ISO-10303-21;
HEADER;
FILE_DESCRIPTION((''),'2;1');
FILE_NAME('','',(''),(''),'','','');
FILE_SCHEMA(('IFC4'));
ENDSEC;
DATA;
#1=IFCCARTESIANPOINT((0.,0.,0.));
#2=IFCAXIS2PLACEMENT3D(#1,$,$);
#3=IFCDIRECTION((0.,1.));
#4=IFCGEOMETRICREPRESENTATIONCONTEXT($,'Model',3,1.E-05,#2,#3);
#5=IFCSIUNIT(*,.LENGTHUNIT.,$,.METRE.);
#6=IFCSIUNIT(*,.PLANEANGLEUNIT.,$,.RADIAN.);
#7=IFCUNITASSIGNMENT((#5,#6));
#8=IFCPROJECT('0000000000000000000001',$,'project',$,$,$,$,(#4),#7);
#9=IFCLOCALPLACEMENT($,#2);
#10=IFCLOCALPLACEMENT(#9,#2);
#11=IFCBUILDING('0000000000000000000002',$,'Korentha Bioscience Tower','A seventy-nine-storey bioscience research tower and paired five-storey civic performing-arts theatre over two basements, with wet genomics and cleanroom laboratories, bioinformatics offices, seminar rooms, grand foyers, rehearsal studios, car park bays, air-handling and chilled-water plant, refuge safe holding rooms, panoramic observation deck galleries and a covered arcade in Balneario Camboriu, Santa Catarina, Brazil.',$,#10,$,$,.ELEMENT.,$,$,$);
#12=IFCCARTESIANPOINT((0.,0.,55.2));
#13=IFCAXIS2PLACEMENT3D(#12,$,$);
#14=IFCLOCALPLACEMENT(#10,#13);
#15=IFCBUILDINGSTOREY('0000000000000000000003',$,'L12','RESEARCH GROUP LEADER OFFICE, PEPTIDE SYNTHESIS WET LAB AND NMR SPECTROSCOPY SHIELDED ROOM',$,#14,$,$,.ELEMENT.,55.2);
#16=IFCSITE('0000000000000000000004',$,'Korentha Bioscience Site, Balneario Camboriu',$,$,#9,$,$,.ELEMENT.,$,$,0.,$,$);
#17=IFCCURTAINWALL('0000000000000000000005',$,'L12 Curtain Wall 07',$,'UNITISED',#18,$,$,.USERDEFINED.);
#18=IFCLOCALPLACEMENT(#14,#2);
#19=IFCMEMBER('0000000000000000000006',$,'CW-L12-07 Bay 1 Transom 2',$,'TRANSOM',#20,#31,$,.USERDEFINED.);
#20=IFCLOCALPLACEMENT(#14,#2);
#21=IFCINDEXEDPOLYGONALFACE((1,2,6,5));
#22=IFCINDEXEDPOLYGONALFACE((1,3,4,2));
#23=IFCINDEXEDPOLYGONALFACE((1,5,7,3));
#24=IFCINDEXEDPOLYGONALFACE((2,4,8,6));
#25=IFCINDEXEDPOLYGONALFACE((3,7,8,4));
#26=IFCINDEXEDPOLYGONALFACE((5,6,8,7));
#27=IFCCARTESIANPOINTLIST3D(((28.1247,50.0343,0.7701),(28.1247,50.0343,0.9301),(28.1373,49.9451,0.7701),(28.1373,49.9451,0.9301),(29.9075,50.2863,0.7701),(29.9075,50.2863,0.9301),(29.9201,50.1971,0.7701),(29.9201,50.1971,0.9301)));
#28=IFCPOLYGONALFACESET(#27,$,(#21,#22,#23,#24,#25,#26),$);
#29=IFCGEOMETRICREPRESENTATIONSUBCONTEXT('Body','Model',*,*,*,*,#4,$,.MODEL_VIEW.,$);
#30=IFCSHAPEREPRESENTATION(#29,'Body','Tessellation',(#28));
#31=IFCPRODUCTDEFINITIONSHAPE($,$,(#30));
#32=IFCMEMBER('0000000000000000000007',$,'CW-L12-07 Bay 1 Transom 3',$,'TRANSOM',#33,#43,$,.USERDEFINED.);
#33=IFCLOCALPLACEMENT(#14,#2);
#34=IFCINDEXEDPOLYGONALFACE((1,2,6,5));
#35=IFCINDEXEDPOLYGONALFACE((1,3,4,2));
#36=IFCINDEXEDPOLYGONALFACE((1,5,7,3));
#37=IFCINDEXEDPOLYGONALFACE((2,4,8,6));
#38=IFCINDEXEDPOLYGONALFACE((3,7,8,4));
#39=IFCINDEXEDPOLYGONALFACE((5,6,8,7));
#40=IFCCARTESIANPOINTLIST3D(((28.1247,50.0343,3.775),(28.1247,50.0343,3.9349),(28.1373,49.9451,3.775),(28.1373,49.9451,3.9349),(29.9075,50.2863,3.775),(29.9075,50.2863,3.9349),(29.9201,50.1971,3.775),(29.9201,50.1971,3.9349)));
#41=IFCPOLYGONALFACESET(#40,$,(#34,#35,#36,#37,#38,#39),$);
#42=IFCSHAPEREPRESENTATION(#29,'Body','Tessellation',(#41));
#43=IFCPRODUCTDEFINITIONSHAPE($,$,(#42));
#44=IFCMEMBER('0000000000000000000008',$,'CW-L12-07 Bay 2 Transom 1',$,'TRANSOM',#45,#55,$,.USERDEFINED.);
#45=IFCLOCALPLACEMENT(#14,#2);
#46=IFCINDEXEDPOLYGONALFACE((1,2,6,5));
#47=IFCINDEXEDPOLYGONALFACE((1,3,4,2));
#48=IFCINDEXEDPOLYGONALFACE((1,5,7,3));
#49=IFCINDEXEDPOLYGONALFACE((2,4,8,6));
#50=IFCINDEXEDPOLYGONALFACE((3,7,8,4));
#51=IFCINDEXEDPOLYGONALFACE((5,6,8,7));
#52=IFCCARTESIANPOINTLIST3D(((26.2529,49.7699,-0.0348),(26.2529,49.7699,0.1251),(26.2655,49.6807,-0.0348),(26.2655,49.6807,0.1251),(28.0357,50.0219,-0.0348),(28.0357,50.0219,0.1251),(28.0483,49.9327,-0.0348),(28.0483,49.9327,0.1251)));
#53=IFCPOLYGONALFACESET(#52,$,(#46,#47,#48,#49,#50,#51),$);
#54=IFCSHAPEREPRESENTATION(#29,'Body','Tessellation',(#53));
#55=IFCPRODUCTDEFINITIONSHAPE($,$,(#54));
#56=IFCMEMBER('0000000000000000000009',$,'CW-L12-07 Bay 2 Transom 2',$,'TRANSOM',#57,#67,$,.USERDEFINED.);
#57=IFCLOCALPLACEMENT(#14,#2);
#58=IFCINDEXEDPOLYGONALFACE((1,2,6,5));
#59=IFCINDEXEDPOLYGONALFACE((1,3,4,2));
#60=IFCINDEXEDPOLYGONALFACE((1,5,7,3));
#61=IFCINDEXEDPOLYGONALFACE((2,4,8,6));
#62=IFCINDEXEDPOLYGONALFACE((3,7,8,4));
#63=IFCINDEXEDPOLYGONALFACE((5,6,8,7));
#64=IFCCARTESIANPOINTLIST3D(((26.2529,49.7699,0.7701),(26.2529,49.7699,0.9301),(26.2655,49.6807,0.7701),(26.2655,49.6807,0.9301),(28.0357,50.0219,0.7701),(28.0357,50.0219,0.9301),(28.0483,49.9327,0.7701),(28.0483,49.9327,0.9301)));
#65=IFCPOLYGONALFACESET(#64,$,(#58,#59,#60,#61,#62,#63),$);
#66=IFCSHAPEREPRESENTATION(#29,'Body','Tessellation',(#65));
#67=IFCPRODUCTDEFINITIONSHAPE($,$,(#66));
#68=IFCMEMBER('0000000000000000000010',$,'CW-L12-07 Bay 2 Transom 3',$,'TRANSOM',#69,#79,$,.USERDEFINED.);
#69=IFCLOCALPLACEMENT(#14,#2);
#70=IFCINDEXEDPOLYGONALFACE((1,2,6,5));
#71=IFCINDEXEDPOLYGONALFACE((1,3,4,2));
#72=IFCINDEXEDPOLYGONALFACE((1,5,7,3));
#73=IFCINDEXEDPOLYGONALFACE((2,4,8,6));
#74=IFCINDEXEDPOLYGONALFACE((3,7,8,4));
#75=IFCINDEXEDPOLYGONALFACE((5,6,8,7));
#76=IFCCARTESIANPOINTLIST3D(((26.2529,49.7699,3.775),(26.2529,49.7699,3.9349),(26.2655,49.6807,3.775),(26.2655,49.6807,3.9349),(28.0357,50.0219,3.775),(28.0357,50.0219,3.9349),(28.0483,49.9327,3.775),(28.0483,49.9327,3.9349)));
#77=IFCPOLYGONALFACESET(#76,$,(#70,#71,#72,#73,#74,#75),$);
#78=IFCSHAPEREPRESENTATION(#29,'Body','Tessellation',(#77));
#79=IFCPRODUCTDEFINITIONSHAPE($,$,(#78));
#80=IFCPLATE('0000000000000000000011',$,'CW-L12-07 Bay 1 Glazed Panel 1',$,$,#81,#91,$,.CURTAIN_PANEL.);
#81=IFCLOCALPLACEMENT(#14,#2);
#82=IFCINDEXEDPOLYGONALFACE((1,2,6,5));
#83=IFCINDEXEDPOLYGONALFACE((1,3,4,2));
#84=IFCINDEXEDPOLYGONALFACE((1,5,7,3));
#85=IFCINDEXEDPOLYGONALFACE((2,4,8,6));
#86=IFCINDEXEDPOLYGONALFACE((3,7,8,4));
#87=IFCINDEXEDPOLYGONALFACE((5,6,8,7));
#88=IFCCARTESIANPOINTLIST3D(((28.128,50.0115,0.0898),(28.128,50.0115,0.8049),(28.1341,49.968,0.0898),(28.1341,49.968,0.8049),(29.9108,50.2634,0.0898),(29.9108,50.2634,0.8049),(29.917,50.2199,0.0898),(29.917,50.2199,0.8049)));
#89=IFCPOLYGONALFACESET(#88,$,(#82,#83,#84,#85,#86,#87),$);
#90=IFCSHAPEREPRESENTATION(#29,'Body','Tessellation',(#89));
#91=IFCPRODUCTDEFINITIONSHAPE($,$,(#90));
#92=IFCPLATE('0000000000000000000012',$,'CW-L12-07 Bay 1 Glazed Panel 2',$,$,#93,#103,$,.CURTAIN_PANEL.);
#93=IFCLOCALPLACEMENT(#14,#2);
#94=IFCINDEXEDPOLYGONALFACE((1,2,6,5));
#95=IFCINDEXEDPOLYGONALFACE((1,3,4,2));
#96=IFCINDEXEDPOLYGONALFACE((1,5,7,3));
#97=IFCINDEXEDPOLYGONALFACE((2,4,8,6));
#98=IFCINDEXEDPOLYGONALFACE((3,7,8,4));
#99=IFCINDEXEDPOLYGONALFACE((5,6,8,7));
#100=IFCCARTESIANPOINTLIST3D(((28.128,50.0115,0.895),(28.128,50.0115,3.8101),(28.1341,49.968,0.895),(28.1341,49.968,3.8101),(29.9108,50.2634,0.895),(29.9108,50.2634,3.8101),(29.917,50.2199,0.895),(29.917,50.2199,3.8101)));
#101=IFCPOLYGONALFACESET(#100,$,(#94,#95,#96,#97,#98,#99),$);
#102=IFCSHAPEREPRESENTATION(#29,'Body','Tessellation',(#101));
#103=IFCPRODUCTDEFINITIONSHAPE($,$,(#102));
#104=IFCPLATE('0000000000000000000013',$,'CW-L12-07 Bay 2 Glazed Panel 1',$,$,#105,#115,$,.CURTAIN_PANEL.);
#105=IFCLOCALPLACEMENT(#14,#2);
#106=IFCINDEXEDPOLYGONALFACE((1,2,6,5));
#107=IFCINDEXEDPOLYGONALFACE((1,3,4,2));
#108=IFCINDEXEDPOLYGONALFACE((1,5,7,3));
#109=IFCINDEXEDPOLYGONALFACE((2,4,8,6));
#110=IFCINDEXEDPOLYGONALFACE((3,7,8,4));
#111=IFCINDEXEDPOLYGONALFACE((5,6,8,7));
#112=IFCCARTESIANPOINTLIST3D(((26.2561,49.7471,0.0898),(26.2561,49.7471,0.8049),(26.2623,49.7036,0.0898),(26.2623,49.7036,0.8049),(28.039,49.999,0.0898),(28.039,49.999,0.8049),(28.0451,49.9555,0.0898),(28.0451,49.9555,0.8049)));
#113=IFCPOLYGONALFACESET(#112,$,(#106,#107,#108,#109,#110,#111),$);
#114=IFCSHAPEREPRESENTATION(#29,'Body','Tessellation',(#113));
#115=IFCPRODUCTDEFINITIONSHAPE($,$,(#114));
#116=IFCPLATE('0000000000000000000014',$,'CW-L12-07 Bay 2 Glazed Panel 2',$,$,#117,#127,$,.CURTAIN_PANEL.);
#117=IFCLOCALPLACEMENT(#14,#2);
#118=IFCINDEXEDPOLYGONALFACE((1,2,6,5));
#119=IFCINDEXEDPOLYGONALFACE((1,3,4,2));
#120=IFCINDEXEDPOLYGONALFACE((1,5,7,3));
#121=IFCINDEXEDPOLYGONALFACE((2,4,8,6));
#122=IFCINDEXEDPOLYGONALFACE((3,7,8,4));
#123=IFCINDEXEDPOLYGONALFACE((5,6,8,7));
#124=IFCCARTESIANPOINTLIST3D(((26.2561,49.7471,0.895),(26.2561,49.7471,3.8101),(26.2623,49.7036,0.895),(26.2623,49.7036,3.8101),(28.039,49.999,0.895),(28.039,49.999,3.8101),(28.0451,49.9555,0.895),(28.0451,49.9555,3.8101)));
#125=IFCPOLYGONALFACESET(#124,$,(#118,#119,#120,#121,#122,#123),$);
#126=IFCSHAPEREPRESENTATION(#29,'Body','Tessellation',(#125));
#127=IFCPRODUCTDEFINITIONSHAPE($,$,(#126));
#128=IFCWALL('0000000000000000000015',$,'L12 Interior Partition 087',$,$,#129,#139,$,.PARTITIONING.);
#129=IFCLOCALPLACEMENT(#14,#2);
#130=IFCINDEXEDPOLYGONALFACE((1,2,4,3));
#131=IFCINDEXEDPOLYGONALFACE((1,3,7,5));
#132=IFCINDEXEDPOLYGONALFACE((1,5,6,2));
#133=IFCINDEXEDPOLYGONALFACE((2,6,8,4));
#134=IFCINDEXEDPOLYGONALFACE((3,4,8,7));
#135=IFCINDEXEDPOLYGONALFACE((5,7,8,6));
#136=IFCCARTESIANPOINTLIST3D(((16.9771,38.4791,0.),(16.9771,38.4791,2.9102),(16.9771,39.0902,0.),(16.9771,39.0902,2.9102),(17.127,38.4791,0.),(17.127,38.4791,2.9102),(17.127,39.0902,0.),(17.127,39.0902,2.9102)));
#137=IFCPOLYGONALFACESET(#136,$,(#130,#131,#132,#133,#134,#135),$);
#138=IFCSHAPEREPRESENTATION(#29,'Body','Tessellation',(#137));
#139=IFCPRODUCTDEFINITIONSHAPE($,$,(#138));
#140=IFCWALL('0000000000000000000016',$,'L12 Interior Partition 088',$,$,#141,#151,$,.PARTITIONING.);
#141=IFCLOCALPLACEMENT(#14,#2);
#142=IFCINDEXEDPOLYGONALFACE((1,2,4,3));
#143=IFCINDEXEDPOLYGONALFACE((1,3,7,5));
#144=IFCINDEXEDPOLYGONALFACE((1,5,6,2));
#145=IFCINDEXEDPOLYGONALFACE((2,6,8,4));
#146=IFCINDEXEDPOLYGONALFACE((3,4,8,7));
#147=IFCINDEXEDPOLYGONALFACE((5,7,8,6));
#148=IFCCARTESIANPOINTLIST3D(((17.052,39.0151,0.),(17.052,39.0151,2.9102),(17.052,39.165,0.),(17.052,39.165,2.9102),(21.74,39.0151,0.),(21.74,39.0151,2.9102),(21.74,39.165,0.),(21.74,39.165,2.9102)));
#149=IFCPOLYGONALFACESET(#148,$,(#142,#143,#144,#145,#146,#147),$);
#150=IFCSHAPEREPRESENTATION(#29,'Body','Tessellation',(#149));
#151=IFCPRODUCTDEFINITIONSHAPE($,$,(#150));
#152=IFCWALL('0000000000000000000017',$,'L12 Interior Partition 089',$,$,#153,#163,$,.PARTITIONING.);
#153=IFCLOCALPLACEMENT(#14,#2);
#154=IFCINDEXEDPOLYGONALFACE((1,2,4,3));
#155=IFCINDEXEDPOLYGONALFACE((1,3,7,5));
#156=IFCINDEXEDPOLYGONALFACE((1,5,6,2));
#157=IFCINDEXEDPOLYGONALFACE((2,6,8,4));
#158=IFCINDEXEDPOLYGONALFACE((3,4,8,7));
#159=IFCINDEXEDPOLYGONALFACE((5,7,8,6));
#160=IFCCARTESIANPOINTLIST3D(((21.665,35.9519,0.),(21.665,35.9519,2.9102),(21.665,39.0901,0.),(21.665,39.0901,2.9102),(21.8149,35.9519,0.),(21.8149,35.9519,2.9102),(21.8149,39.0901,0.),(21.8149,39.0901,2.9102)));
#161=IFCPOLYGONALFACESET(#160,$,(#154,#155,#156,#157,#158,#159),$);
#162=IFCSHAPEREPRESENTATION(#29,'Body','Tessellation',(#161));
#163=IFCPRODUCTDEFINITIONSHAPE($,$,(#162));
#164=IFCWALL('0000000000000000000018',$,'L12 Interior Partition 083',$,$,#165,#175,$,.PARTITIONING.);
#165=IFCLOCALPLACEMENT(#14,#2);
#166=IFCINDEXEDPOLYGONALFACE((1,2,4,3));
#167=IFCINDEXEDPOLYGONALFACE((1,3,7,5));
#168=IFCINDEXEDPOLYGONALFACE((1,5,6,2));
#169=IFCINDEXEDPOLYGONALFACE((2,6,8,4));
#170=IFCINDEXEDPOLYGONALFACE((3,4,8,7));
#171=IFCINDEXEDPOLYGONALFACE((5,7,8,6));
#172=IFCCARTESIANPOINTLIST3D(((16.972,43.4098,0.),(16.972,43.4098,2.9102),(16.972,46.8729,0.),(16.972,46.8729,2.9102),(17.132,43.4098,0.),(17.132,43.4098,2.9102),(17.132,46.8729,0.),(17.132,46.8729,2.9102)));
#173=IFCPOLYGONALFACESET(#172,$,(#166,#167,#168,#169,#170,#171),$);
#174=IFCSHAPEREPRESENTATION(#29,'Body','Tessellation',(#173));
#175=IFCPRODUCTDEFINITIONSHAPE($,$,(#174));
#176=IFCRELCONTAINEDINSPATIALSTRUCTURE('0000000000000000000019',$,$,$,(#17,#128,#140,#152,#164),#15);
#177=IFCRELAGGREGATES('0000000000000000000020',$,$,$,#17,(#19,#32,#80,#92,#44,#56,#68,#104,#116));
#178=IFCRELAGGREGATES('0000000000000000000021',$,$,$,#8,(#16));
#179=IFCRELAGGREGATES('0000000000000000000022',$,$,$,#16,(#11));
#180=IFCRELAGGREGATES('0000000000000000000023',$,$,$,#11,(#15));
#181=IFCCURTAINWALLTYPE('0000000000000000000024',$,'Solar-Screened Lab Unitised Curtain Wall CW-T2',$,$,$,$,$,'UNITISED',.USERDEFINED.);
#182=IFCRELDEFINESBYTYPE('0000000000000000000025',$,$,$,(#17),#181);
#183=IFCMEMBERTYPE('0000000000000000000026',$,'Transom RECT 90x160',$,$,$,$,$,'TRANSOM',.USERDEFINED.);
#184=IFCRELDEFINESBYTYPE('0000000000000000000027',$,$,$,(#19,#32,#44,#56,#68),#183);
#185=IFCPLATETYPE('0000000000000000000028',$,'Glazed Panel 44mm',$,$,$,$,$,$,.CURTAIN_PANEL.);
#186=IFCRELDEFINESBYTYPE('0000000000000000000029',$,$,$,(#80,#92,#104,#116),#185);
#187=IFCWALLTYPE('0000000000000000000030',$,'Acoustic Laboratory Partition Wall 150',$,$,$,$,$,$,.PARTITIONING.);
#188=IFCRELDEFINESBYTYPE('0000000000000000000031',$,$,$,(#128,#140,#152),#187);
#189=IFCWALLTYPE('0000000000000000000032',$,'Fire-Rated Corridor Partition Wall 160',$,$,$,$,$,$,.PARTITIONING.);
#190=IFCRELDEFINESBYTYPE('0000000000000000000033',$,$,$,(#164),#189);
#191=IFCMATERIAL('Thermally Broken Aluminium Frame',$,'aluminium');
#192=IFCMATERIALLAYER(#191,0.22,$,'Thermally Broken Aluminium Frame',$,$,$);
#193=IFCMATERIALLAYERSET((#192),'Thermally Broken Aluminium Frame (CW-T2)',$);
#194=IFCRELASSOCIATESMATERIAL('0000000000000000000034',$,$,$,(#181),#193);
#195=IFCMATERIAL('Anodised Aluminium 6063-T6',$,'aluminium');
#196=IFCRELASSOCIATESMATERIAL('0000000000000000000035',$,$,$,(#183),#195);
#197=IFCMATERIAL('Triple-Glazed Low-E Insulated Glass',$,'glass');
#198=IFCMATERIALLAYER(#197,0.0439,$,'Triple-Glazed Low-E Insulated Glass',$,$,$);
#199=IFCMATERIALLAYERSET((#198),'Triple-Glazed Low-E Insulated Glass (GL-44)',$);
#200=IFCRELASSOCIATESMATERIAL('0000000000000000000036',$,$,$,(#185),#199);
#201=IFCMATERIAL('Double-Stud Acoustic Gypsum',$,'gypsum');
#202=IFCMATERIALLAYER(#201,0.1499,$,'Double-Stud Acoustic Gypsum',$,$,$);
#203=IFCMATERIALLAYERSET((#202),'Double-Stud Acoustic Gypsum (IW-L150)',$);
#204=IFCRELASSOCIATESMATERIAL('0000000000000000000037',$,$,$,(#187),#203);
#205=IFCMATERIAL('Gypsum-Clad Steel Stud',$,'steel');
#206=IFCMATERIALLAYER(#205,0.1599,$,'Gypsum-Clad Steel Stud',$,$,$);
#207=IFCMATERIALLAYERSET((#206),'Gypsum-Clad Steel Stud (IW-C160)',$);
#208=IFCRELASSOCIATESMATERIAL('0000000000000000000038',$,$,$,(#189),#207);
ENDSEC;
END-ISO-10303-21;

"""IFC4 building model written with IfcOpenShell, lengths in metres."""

from ifc_helpers import new_model, si_unit, direction, frame, frame_2d, origin, origin_2d, place, context, subcontext, project, spatial, rectangle, extrude, material, layer, layer_set, material_profile, profile_set, type_object, element, aggregate, save


model = new_model("IFC4")

# Units and contexts
model_context = context("Model", 3, precision=1e-05, world=origin(), true_north=direction((0.0, 1.0)))
body_context = subcontext(model_context, "Body", "Model", "MODEL_VIEW")
ifc_project = project(units=[si_unit("LENGTHUNIT", "METRE"), si_unit("PLANEANGLEUNIT", "RADIAN")], contexts=[model_context])

# Site, building, storey
site_placement = place(None, origin())
site = spatial("IfcSite", under=ifc_project, at=site_placement, Name="Korentha Bioscience Site, Balneario Camboriu", CompositionType="ELEMENT", RefElevation=0.0)
building_placement = place(site_placement, origin())
building = spatial("IfcBuilding", under=site, at=building_placement, Name="Korentha Bioscience Tower", Description="A seventy-nine-storey bioscience research tower and paired five-storey civic performing-arts theatre over two basements, with wet genomics and cleanroom laboratories, bioinformatics offices, seminar rooms, grand foyers, rehearsal studios, car park bays, air-handling and chilled-water plant, refuge safe holding rooms, panoramic observation deck galleries and a covered arcade in Balneario Camboriu, Santa Catarina, Brazil.", CompositionType="ELEMENT")
storey_placement = place(building_placement, frame((0.0, 0.0, 55.2)))
storey = spatial("IfcBuildingStorey", under=building, at=storey_placement, Name="L12", Description="RESEARCH GROUP LEADER OFFICE, PEPTIDE SYNTHESIS WET LAB AND NMR SPECTROSCOPY SHIELDED ROOM", CompositionType="ELEMENT", Elevation=55.2)

# Curtain wall
ifc_material_1 = material(Name="Thermally Broken Aluminium Frame", Category="aluminium")
ifc_layer_1 = layer(ifc_material_1, 0.22, Name="Thermally Broken Aluminium Frame")
ifc_layer_set_1 = layer_set([ifc_layer_1], Name="Thermally Broken Aluminium Frame (CW-T2)")
curtain_wall_type = type_object("IfcCurtainWallType", Name="Solar-Screened Lab Unitised Curtain Wall CW-T2", ElementType="UNITISED", PredefinedType="USERDEFINED", material=ifc_layer_set_1)
curtain_wall_placement = place(storey_placement, origin())
curtain_wall = element("IfcCurtainWall", 1, at=curtain_wall_placement, inside=storey, type_object=curtain_wall_type, Name="L12 Curtain Wall 07", ObjectType="UNITISED", PredefinedType="USERDEFINED")
ifc_material_2 = material(Name="Anodised Aluminium 6063-T6", Category="aluminium")

# Members
ifc_material_profile_1 = material_profile(ifc_material_2, rectangle(XDim=0.0901, YDim=0.1599, at=origin_2d()), Name="Anodised Aluminium 6063-T6")
ifc_profile_set_1 = profile_set([ifc_material_profile_1], Name="Anodised Aluminium 6063-T6 (CW-TRN)")
member_type_1 = type_object("IfcMemberType", Name="Transom RECT 90x160", ElementType="TRANSOM", PredefinedType="USERDEFINED", material=ifc_profile_set_1)
member_1_placement = place(storey_placement, frame((29.9138, 50.2417, 0.8501), z_axis=(-0.99016, -0.13994, 0.0), x_axis=(0.13994, -0.99016, 0.0)))
member_1 = element("IfcMember", 2, at=member_1_placement, type_object=member_type_1, Name="CW-L12-07 Bay 1 Transom 2", ObjectType="TRANSOM", PredefinedType="USERDEFINED", context=body_context, shape_type="SweptSolid", body=[
    extrude(rectangle(XDim=0.0901, YDim=0.1599, at=origin_2d()), origin(), (0.0, 0.0, 1.0), 1.8005),
])
member_2_placement = place(storey_placement, frame((29.9138, 50.2417, 3.855), z_axis=(-0.99016, -0.13994, 0.0), x_axis=(0.13994, -0.99016, 0.0)))
member_2 = element("IfcMember", 3, at=member_2_placement, type_object=member_type_1, Name="CW-L12-07 Bay 1 Transom 3", ObjectType="TRANSOM", PredefinedType="USERDEFINED", context=body_context, shape_type="SweptSolid", body=[
    extrude(rectangle(XDim=0.0901, YDim=0.1599, at=origin_2d()), origin(), (0.0, 0.0, 1.0), 1.8005),
])
member_3_placement = place(storey_placement, frame((28.042, 49.9773, 0.0452), z_axis=(-0.99016, -0.13994, 0.0), x_axis=(0.13994, -0.99016, 0.0)))
member_3 = element("IfcMember", 4, at=member_3_placement, type_object=member_type_1, Name="CW-L12-07 Bay 2 Transom 1", ObjectType="TRANSOM", PredefinedType="USERDEFINED", context=body_context, shape_type="SweptSolid", body=[
    extrude(rectangle(XDim=0.0901, YDim=0.1599, at=origin_2d()), origin(), (0.0, 0.0, 1.0), 1.8005),
])
member_4_placement = place(storey_placement, frame((28.042, 49.9773, 0.8501), z_axis=(-0.99016, -0.13994, 0.0), x_axis=(0.13994, -0.99016, 0.0)))
member_4 = element("IfcMember", 5, at=member_4_placement, type_object=member_type_1, Name="CW-L12-07 Bay 2 Transom 2", ObjectType="TRANSOM", PredefinedType="USERDEFINED", context=body_context, shape_type="SweptSolid", body=[
    extrude(rectangle(XDim=0.0901, YDim=0.1599, at=origin_2d()), origin(), (0.0, 0.0, 1.0), 1.8005),
])
member_5_placement = place(storey_placement, frame((28.042, 49.9773, 3.855), z_axis=(-0.99016, -0.13994, 0.0), x_axis=(0.13994, -0.99016, 0.0)))
member_5 = element("IfcMember", 6, at=member_5_placement, type_object=member_type_1, Name="CW-L12-07 Bay 2 Transom 3", ObjectType="TRANSOM", PredefinedType="USERDEFINED", context=body_context, shape_type="SweptSolid", body=[
    extrude(rectangle(XDim=0.0901, YDim=0.1599, at=origin_2d()), origin(), (0.0, 0.0, 1.0), 1.8005),
])

# Plates
ifc_material_3 = material(Name="Triple-Glazed Low-E Insulated Glass", Category="glass")
ifc_layer_2 = layer(ifc_material_3, 0.0439, Name="Triple-Glazed Low-E Insulated Glass")
ifc_layer_set_2 = layer_set([ifc_layer_2], Name="Triple-Glazed Low-E Insulated Glass (GL-44)")
plate_type = type_object("IfcPlateType", Name="Glazed Panel 44mm", PredefinedType="CURTAIN_PANEL", material=ifc_layer_set_2)
plate_1_placement = place(storey_placement, frame((29.0225, 50.1157, 0.0898), z_axis=(0.0, 0.0, 1.0), x_axis=(-0.990167, -0.139888, 0.0)))
plate_1 = element("IfcPlate", 7, at=plate_1_placement, type_object=plate_type, Name="CW-L12-07 Bay 1 Glazed Panel 1", PredefinedType="CURTAIN_PANEL", context=body_context, shape_type="SweptSolid", body=[
    extrude(rectangle(XDim=1.8005, YDim=0.0439, at=origin_2d()), origin(), (0.0, 0.0, 1.0), 0.7151),
])
plate_2_placement = place(storey_placement, frame((29.0225, 50.1157, 0.895), z_axis=(0.0, 0.0, 1.0), x_axis=(-0.990167, -0.139888, 0.0)))
plate_2 = element("IfcPlate", 8, at=plate_2_placement, type_object=plate_type, Name="CW-L12-07 Bay 1 Glazed Panel 2", PredefinedType="CURTAIN_PANEL", context=body_context, shape_type="SweptSolid", body=[
    extrude(rectangle(XDim=1.8005, YDim=0.0439, at=origin_2d()), origin(), (0.0, 0.0, 1.0), 2.915),
])
plate_3_placement = place(storey_placement, frame((27.1506, 49.8513, 0.0898), z_axis=(0.0, 0.0, 1.0), x_axis=(-0.990167, -0.139888, 0.0)))
plate_3 = element("IfcPlate", 9, at=plate_3_placement, type_object=plate_type, Name="CW-L12-07 Bay 2 Glazed Panel 1", PredefinedType="CURTAIN_PANEL", context=body_context, shape_type="SweptSolid", body=[
    extrude(rectangle(XDim=1.8005, YDim=0.0439, at=origin_2d()), origin(), (0.0, 0.0, 1.0), 0.7151),
])
plate_4_placement = place(storey_placement, frame((27.1506, 49.8513, 0.895), z_axis=(0.0, 0.0, 1.0), x_axis=(-0.990167, -0.139888, 0.0)))
plate_4 = element("IfcPlate", 10, at=plate_4_placement, type_object=plate_type, Name="CW-L12-07 Bay 2 Glazed Panel 2", PredefinedType="CURTAIN_PANEL", context=body_context, shape_type="SweptSolid", body=[
    extrude(rectangle(XDim=1.8005, YDim=0.0439, at=origin_2d()), origin(), (0.0, 0.0, 1.0), 2.915),
])
aggregate(curtain_wall, [member_1, member_2, plate_1, plate_2, member_3, member_4, member_5, plate_3, plate_4])

# Walls
ifc_material_4 = material(Name="Double-Stud Acoustic Gypsum", Category="gypsum")
ifc_layer_3 = layer(ifc_material_4, 0.1499, Name="Double-Stud Acoustic Gypsum")
ifc_layer_set_3 = layer_set([ifc_layer_3], Name="Double-Stud Acoustic Gypsum (IW-L150)")
wall_type_1 = type_object("IfcWallType", Name="Acoustic Laboratory Partition Wall 150", PredefinedType="PARTITIONING", material=ifc_layer_set_3)
wall_1_placement = place(storey_placement, frame((17.052, 38.479, 0.0), z_axis=(0.0, 0.0, 1.0), x_axis=(0.0, 1.0, 0.0)))
element("IfcWall", 11, at=wall_1_placement, inside=storey, type_object=wall_type_1, Name="L12 Interior Partition 087", PredefinedType="PARTITIONING", context=body_context, shape_type="SweptSolid", body=[
    extrude(rectangle(XDim=0.6111, YDim=0.1499, at=frame_2d((0.3057, 0.0))), origin(), (0.0, 0.0, 1.0), 2.9102),
])
wall_2_placement = place(storey_placement, frame((17.052, 39.0901, 0.0), z_axis=(0.0, 0.0, 1.0), x_axis=(1.0, 0.0, 0.0)))
element("IfcWall", 12, at=wall_2_placement, inside=storey, type_object=wall_type_1, Name="L12 Interior Partition 088", PredefinedType="PARTITIONING", context=body_context, shape_type="SweptSolid", body=[
    extrude(rectangle(XDim=4.688, YDim=0.1499, at=frame_2d((2.344, 0.0))), origin(), (0.0, 0.0, 1.0), 2.9102),
])
wall_3_placement = place(storey_placement, frame((21.74, 39.0901, 0.0), z_axis=(0.0, 0.0, 1.0), x_axis=(0.0, -1.0, 0.0)))
element("IfcWall", 13, at=wall_3_placement, inside=storey, type_object=wall_type_1, Name="L12 Interior Partition 089", PredefinedType="PARTITIONING", context=body_context, shape_type="SweptSolid", body=[
    extrude(rectangle(XDim=3.1382, YDim=0.1499, at=frame_2d((1.5691, 0.0))), origin(), (0.0, 0.0, 1.0), 2.9102),
])
ifc_material_5 = material(Name="Gypsum-Clad Steel Stud", Category="steel")
ifc_layer_4 = layer(ifc_material_5, 0.1599, Name="Gypsum-Clad Steel Stud")
ifc_layer_set_4 = layer_set([ifc_layer_4], Name="Gypsum-Clad Steel Stud (IW-C160)")
wall_type_2 = type_object("IfcWallType", Name="Fire-Rated Corridor Partition Wall 160", PredefinedType="PARTITIONING", material=ifc_layer_set_4)
wall_4_placement = place(storey_placement, frame((17.052, 43.4099, 0.0), z_axis=(0.0, 0.0, 1.0), x_axis=(0.0, 1.0, 0.0)))
element("IfcWall", 14, at=wall_4_placement, inside=storey, type_object=wall_type_2, Name="L12 Interior Partition 083", PredefinedType="PARTITIONING", context=body_context, shape_type="SweptSolid", body=[
    extrude(rectangle(XDim=3.4631, YDim=0.1599, at=frame_2d((1.7314, 0.0))), origin(), (0.0, 0.0, 1.0), 2.9102),
])

save(model, "model.ifc")
